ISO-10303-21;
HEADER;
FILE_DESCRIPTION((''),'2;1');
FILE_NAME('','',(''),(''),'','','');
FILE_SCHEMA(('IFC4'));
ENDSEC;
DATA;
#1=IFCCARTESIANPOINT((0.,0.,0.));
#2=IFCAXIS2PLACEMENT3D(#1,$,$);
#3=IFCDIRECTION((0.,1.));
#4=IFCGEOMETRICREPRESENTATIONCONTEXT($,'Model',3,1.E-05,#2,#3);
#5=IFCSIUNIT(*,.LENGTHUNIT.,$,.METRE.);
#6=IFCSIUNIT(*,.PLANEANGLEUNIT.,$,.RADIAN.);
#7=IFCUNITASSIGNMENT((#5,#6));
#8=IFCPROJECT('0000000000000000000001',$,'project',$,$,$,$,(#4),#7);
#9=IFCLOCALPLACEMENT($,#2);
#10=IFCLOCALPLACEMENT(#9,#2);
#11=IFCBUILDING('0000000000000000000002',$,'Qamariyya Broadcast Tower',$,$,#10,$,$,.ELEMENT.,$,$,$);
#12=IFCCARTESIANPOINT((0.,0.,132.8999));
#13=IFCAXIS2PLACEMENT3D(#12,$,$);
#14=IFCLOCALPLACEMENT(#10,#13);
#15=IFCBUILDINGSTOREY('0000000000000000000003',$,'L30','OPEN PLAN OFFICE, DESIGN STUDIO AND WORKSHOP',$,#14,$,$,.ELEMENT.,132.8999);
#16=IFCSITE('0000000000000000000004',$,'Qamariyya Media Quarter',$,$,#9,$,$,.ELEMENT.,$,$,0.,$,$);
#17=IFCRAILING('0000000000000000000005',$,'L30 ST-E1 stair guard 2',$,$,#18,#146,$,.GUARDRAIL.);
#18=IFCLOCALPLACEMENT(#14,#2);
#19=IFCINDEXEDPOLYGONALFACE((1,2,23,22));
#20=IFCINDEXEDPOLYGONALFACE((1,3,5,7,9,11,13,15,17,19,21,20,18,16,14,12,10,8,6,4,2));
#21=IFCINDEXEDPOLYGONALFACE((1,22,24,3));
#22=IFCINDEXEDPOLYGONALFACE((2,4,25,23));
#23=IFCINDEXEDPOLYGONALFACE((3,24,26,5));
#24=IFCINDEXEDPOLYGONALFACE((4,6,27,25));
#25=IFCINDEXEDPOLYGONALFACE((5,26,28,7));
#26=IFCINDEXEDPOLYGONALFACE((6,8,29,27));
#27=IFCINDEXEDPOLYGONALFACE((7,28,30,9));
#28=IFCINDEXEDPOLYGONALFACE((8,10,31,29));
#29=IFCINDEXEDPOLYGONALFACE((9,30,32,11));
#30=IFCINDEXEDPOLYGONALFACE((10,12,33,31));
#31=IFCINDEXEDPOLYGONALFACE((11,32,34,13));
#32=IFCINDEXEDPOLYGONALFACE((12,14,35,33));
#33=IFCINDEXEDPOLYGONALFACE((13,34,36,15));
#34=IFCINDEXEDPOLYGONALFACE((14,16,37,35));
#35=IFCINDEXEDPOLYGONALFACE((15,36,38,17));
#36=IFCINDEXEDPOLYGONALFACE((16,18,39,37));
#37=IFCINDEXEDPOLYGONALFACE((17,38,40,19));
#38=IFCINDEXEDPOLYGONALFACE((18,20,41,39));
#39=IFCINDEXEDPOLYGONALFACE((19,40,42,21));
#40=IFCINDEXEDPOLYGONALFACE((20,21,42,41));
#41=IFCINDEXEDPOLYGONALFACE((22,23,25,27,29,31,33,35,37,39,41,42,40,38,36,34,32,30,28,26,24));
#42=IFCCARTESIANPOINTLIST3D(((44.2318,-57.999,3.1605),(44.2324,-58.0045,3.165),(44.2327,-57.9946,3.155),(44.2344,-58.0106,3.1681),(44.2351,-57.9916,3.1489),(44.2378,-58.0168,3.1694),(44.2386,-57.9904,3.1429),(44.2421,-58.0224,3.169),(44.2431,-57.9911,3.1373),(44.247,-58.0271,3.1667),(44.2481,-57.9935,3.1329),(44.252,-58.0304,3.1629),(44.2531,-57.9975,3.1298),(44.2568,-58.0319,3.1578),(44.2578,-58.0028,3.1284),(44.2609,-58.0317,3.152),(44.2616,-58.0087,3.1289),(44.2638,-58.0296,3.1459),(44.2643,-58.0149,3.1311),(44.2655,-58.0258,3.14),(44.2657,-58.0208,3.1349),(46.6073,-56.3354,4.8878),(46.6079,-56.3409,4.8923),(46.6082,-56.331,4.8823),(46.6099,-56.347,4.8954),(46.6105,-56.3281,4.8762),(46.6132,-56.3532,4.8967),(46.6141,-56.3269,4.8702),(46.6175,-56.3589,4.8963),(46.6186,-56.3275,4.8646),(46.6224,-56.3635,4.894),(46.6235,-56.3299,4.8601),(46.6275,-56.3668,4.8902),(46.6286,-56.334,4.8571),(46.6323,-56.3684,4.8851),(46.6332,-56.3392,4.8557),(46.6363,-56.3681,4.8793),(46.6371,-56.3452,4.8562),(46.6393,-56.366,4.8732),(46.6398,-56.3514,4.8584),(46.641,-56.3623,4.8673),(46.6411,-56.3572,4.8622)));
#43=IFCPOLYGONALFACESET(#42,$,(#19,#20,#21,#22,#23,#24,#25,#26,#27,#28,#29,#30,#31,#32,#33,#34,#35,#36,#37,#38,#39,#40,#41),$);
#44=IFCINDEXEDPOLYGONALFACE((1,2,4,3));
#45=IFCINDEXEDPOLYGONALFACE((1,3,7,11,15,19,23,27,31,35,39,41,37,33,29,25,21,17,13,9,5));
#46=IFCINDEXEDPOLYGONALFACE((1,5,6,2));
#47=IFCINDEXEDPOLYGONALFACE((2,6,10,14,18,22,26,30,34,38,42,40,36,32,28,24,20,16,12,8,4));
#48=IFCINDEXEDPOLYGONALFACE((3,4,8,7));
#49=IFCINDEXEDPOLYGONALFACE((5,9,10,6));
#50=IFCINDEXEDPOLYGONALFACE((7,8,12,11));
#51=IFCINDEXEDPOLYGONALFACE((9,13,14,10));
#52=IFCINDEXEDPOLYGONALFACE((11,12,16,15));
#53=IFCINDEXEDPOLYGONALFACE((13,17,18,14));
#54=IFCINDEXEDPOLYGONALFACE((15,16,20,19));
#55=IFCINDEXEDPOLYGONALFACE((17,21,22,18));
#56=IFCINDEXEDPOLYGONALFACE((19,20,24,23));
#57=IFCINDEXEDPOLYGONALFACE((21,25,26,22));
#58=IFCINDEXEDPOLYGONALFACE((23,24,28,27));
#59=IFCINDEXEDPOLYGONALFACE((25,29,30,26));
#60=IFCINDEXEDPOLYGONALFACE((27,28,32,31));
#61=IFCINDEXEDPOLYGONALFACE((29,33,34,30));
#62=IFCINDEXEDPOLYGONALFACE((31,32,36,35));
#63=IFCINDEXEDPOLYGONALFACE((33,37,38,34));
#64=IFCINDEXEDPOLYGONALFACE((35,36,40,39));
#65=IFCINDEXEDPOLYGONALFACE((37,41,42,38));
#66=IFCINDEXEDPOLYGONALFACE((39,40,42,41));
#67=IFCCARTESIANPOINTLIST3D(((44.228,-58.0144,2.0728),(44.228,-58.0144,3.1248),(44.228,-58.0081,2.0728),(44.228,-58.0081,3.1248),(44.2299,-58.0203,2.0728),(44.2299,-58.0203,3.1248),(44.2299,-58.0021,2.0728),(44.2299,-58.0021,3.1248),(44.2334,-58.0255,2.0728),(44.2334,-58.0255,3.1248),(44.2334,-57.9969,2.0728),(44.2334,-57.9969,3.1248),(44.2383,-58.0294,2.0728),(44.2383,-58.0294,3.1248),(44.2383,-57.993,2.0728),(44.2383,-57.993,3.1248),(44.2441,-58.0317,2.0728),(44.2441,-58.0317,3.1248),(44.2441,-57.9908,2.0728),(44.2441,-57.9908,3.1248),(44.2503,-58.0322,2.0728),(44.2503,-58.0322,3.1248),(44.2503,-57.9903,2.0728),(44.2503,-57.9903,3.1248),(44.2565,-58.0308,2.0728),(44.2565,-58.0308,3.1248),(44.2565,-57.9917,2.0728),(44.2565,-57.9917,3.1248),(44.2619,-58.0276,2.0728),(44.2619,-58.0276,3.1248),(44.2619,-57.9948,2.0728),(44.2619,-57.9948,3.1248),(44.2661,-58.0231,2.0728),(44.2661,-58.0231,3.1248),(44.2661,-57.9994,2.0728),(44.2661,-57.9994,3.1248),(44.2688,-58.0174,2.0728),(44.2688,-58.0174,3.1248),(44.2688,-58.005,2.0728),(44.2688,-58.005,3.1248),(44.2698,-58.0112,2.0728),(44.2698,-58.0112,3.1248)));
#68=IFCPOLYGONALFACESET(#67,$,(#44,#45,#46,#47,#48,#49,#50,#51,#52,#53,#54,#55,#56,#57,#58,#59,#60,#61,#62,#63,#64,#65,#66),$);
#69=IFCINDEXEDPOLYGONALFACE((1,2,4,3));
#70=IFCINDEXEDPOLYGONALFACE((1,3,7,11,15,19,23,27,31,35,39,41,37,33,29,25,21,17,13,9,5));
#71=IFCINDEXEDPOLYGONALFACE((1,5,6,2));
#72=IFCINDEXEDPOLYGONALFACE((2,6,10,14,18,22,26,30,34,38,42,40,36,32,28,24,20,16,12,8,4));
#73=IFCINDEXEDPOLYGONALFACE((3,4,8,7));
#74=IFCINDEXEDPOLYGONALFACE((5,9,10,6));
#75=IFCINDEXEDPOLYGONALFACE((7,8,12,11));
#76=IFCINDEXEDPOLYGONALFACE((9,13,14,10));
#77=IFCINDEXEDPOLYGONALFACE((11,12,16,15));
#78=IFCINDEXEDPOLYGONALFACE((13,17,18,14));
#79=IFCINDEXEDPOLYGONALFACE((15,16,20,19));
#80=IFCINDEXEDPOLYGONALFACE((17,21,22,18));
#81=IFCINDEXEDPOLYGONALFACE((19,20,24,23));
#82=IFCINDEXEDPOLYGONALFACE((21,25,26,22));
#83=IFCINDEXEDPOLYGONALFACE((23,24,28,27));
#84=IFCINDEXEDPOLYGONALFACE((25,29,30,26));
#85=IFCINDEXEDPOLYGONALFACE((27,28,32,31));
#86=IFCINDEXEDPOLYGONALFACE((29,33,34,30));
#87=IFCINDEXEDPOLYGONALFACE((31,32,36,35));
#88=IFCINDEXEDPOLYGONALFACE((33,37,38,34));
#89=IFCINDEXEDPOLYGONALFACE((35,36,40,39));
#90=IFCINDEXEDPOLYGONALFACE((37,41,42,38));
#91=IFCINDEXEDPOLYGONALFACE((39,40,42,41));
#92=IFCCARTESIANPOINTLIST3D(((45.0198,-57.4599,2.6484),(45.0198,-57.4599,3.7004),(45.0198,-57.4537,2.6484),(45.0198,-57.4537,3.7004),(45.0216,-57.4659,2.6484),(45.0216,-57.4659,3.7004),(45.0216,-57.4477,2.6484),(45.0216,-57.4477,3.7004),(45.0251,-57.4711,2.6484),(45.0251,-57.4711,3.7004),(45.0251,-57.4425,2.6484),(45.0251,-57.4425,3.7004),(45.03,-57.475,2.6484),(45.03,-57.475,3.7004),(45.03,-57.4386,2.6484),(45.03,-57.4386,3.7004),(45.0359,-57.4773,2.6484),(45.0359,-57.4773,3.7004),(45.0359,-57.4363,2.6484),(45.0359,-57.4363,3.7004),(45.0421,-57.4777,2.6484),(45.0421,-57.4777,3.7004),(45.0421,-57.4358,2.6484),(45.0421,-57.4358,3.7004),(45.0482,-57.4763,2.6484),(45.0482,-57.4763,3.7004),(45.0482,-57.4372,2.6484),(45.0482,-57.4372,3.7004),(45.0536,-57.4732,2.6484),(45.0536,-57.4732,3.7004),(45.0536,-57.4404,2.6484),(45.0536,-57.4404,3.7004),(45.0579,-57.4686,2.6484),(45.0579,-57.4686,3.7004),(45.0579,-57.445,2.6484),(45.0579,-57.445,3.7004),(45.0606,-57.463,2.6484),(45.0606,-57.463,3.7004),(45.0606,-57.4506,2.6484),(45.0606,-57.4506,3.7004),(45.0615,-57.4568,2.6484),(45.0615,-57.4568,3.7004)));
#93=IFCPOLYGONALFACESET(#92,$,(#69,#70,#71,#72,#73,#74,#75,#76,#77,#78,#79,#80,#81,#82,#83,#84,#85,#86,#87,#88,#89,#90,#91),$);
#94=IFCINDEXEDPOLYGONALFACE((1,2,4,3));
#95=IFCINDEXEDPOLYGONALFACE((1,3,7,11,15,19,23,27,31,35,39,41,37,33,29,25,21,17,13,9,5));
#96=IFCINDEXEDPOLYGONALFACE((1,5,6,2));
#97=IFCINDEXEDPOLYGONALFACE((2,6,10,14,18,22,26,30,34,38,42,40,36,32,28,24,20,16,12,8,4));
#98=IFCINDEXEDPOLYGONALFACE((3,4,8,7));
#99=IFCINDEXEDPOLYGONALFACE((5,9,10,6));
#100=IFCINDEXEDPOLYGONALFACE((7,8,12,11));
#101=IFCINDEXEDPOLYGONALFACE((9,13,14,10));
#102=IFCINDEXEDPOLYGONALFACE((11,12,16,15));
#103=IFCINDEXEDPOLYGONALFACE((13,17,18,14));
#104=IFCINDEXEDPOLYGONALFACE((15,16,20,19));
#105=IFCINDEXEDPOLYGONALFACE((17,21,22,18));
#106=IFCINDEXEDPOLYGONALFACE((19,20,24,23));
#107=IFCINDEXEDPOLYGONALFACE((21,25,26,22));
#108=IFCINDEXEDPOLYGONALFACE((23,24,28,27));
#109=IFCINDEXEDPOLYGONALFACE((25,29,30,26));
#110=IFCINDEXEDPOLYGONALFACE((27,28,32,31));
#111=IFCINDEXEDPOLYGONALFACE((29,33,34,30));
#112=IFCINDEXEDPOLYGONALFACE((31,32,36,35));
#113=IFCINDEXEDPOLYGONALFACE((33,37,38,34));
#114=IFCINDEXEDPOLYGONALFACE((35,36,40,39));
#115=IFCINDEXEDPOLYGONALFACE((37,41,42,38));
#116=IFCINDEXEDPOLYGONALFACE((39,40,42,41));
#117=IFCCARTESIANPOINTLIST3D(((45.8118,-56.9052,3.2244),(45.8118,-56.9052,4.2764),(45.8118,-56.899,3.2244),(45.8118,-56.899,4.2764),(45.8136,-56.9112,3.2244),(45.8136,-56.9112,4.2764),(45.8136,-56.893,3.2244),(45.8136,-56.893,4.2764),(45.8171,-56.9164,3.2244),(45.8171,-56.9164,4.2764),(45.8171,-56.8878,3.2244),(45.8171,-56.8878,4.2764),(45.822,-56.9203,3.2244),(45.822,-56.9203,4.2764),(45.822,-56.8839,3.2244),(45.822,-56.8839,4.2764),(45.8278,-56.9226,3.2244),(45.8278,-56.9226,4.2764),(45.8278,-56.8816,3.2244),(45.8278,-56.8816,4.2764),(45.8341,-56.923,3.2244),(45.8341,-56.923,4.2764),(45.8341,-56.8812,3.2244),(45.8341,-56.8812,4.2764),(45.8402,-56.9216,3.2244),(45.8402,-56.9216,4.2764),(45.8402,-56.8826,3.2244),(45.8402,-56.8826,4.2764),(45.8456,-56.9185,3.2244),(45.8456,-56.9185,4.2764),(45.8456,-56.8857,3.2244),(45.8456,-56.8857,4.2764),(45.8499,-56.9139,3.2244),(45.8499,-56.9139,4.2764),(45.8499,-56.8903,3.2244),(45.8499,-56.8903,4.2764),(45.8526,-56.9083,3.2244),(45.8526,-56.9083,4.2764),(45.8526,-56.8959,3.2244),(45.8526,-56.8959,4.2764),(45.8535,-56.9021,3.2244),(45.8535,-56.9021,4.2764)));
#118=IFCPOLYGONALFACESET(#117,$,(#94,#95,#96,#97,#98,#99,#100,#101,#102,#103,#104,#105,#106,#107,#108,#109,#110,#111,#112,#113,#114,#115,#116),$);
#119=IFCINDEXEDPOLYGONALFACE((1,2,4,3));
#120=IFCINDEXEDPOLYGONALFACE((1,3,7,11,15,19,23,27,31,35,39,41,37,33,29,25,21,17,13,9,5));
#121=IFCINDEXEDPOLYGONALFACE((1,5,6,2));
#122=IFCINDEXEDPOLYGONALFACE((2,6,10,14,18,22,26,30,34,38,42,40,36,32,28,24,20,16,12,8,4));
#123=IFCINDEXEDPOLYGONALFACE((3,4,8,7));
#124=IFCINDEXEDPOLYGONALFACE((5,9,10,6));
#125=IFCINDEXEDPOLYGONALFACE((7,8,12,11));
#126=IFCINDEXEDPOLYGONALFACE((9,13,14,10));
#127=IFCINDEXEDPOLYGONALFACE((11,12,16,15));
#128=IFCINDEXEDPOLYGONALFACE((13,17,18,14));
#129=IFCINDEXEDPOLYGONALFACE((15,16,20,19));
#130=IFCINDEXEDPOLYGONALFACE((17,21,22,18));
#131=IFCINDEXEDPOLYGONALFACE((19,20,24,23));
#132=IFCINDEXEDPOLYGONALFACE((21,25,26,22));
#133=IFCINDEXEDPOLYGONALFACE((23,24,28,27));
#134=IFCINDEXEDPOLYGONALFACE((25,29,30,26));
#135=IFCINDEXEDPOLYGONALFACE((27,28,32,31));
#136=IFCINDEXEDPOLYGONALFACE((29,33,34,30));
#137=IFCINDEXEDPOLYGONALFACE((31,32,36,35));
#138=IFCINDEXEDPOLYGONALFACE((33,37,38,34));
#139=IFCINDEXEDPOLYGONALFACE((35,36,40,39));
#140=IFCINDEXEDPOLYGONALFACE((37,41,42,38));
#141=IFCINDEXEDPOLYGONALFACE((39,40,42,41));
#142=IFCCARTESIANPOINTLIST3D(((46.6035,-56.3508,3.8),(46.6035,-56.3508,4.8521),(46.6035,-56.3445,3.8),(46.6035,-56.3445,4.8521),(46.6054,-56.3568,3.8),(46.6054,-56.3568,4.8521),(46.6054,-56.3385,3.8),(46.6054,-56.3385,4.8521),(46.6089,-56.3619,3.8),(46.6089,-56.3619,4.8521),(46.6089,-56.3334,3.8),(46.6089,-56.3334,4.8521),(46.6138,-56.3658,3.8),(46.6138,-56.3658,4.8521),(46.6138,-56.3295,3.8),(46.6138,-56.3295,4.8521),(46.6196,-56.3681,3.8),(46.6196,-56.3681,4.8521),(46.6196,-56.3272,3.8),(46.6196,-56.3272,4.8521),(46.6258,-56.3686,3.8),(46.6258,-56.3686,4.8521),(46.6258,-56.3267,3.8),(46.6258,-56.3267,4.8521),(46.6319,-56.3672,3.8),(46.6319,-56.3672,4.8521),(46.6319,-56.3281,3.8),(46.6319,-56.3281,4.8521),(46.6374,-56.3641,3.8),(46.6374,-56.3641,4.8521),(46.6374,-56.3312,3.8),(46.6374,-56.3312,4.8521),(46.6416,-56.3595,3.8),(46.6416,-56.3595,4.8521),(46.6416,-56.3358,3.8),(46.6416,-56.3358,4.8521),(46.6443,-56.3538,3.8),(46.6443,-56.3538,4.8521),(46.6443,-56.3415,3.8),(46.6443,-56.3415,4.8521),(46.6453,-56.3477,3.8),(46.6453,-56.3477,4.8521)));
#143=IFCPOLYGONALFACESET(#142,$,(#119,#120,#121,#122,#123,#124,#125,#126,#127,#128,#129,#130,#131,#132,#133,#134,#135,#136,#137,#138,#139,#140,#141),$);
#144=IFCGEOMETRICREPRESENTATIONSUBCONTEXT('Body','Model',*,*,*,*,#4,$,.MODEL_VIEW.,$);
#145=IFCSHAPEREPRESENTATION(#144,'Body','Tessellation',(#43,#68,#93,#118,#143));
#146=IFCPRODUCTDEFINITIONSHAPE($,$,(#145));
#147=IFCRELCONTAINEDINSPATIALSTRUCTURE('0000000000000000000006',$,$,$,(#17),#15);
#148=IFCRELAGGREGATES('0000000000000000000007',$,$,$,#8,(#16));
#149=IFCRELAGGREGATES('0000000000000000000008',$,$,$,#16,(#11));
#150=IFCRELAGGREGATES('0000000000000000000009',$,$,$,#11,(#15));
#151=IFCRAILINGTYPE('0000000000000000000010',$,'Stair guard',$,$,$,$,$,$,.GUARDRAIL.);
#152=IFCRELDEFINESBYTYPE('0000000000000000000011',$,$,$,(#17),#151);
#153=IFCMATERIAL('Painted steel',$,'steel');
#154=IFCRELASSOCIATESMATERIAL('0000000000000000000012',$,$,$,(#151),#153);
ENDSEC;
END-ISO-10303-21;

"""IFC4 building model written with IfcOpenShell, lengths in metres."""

from ifc_helpers import new_model, si_unit, direction, frame, origin, origin_2d, place, context, subcontext, project, spatial, circle, extrude, material, type_object, element, save


model = new_model("IFC4")

# Units and contexts
model_context = context("Model", 3, precision=1e-05, world=origin(), true_north=direction((0.0, 1.0)))
body_context = subcontext(model_context, "Body", "Model", "MODEL_VIEW")
ifc_project = project(units=[si_unit("LENGTHUNIT", "METRE"), si_unit("PLANEANGLEUNIT", "RADIAN")], contexts=[model_context])

# Site, building, storey
site_placement = place(None, origin())
site = spatial("IfcSite", under=ifc_project, at=site_placement, Name="Qamariyya Media Quarter", CompositionType="ELEMENT", RefElevation=0.0)
building_placement = place(site_placement, origin())
building = spatial("IfcBuilding", under=site, at=building_placement, Name="Qamariyya Broadcast Tower", CompositionType="ELEMENT")
storey_placement = place(building_placement, frame((0.0, 0.0, 132.8999)))
storey = spatial("IfcBuildingStorey", under=building, at=storey_placement, Name="L30", Description="OPEN PLAN OFFICE, DESIGN STUDIO AND WORKSHOP", CompositionType="ELEMENT", Elevation=132.8999)

# Railing
ifc_material_1 = material(Name="Painted steel", Category="steel")
railing_type_1 = type_object("IfcRailingType", Name="Stair guard", PredefinedType="GUARDRAIL", material=ifc_material_1)
railing_1_placement = place(storey_placement, frame((44.2488, -58.0112, 2.0728)))
element("IfcRailing", 1, at=railing_1_placement, inside=storey, type_object=railing_type_1, Name="L30 ST-E1 stair guard 2", PredefinedType="GUARDRAIL", context=body_context, shape_type="SweptSolid", body=[
    extrude(circle(Radius=0.0239, at=origin_2d()), frame((0.0, 0.0, 1.0762), z_axis=(0.703745, 0.492838, 0.511716), x_axis=(-0.573632, 0.819113, 0.0)), (0.0, 0.0, 1.0), 3.3755),
    extrude(circle(Radius=0.021, at=origin_2d()), origin(), (0.0, 0.0, 1.0), 1.052),
    extrude(circle(Radius=0.021, at=origin_2d()), frame((0.7917, 0.5544, 0.5757)), (0.0, 0.0, 1.0), 1.052),
    extrude(circle(Radius=0.021, at=origin_2d()), frame((1.5837, 1.1091, 1.1516)), (0.0, 0.0, 1.0), 1.052),
    extrude(circle(Radius=0.021, at=origin_2d()), frame((2.3755, 1.6636, 1.7273)), (0.0, 0.0, 1.0), 1.052),
])

save(model, "model.ifc")
